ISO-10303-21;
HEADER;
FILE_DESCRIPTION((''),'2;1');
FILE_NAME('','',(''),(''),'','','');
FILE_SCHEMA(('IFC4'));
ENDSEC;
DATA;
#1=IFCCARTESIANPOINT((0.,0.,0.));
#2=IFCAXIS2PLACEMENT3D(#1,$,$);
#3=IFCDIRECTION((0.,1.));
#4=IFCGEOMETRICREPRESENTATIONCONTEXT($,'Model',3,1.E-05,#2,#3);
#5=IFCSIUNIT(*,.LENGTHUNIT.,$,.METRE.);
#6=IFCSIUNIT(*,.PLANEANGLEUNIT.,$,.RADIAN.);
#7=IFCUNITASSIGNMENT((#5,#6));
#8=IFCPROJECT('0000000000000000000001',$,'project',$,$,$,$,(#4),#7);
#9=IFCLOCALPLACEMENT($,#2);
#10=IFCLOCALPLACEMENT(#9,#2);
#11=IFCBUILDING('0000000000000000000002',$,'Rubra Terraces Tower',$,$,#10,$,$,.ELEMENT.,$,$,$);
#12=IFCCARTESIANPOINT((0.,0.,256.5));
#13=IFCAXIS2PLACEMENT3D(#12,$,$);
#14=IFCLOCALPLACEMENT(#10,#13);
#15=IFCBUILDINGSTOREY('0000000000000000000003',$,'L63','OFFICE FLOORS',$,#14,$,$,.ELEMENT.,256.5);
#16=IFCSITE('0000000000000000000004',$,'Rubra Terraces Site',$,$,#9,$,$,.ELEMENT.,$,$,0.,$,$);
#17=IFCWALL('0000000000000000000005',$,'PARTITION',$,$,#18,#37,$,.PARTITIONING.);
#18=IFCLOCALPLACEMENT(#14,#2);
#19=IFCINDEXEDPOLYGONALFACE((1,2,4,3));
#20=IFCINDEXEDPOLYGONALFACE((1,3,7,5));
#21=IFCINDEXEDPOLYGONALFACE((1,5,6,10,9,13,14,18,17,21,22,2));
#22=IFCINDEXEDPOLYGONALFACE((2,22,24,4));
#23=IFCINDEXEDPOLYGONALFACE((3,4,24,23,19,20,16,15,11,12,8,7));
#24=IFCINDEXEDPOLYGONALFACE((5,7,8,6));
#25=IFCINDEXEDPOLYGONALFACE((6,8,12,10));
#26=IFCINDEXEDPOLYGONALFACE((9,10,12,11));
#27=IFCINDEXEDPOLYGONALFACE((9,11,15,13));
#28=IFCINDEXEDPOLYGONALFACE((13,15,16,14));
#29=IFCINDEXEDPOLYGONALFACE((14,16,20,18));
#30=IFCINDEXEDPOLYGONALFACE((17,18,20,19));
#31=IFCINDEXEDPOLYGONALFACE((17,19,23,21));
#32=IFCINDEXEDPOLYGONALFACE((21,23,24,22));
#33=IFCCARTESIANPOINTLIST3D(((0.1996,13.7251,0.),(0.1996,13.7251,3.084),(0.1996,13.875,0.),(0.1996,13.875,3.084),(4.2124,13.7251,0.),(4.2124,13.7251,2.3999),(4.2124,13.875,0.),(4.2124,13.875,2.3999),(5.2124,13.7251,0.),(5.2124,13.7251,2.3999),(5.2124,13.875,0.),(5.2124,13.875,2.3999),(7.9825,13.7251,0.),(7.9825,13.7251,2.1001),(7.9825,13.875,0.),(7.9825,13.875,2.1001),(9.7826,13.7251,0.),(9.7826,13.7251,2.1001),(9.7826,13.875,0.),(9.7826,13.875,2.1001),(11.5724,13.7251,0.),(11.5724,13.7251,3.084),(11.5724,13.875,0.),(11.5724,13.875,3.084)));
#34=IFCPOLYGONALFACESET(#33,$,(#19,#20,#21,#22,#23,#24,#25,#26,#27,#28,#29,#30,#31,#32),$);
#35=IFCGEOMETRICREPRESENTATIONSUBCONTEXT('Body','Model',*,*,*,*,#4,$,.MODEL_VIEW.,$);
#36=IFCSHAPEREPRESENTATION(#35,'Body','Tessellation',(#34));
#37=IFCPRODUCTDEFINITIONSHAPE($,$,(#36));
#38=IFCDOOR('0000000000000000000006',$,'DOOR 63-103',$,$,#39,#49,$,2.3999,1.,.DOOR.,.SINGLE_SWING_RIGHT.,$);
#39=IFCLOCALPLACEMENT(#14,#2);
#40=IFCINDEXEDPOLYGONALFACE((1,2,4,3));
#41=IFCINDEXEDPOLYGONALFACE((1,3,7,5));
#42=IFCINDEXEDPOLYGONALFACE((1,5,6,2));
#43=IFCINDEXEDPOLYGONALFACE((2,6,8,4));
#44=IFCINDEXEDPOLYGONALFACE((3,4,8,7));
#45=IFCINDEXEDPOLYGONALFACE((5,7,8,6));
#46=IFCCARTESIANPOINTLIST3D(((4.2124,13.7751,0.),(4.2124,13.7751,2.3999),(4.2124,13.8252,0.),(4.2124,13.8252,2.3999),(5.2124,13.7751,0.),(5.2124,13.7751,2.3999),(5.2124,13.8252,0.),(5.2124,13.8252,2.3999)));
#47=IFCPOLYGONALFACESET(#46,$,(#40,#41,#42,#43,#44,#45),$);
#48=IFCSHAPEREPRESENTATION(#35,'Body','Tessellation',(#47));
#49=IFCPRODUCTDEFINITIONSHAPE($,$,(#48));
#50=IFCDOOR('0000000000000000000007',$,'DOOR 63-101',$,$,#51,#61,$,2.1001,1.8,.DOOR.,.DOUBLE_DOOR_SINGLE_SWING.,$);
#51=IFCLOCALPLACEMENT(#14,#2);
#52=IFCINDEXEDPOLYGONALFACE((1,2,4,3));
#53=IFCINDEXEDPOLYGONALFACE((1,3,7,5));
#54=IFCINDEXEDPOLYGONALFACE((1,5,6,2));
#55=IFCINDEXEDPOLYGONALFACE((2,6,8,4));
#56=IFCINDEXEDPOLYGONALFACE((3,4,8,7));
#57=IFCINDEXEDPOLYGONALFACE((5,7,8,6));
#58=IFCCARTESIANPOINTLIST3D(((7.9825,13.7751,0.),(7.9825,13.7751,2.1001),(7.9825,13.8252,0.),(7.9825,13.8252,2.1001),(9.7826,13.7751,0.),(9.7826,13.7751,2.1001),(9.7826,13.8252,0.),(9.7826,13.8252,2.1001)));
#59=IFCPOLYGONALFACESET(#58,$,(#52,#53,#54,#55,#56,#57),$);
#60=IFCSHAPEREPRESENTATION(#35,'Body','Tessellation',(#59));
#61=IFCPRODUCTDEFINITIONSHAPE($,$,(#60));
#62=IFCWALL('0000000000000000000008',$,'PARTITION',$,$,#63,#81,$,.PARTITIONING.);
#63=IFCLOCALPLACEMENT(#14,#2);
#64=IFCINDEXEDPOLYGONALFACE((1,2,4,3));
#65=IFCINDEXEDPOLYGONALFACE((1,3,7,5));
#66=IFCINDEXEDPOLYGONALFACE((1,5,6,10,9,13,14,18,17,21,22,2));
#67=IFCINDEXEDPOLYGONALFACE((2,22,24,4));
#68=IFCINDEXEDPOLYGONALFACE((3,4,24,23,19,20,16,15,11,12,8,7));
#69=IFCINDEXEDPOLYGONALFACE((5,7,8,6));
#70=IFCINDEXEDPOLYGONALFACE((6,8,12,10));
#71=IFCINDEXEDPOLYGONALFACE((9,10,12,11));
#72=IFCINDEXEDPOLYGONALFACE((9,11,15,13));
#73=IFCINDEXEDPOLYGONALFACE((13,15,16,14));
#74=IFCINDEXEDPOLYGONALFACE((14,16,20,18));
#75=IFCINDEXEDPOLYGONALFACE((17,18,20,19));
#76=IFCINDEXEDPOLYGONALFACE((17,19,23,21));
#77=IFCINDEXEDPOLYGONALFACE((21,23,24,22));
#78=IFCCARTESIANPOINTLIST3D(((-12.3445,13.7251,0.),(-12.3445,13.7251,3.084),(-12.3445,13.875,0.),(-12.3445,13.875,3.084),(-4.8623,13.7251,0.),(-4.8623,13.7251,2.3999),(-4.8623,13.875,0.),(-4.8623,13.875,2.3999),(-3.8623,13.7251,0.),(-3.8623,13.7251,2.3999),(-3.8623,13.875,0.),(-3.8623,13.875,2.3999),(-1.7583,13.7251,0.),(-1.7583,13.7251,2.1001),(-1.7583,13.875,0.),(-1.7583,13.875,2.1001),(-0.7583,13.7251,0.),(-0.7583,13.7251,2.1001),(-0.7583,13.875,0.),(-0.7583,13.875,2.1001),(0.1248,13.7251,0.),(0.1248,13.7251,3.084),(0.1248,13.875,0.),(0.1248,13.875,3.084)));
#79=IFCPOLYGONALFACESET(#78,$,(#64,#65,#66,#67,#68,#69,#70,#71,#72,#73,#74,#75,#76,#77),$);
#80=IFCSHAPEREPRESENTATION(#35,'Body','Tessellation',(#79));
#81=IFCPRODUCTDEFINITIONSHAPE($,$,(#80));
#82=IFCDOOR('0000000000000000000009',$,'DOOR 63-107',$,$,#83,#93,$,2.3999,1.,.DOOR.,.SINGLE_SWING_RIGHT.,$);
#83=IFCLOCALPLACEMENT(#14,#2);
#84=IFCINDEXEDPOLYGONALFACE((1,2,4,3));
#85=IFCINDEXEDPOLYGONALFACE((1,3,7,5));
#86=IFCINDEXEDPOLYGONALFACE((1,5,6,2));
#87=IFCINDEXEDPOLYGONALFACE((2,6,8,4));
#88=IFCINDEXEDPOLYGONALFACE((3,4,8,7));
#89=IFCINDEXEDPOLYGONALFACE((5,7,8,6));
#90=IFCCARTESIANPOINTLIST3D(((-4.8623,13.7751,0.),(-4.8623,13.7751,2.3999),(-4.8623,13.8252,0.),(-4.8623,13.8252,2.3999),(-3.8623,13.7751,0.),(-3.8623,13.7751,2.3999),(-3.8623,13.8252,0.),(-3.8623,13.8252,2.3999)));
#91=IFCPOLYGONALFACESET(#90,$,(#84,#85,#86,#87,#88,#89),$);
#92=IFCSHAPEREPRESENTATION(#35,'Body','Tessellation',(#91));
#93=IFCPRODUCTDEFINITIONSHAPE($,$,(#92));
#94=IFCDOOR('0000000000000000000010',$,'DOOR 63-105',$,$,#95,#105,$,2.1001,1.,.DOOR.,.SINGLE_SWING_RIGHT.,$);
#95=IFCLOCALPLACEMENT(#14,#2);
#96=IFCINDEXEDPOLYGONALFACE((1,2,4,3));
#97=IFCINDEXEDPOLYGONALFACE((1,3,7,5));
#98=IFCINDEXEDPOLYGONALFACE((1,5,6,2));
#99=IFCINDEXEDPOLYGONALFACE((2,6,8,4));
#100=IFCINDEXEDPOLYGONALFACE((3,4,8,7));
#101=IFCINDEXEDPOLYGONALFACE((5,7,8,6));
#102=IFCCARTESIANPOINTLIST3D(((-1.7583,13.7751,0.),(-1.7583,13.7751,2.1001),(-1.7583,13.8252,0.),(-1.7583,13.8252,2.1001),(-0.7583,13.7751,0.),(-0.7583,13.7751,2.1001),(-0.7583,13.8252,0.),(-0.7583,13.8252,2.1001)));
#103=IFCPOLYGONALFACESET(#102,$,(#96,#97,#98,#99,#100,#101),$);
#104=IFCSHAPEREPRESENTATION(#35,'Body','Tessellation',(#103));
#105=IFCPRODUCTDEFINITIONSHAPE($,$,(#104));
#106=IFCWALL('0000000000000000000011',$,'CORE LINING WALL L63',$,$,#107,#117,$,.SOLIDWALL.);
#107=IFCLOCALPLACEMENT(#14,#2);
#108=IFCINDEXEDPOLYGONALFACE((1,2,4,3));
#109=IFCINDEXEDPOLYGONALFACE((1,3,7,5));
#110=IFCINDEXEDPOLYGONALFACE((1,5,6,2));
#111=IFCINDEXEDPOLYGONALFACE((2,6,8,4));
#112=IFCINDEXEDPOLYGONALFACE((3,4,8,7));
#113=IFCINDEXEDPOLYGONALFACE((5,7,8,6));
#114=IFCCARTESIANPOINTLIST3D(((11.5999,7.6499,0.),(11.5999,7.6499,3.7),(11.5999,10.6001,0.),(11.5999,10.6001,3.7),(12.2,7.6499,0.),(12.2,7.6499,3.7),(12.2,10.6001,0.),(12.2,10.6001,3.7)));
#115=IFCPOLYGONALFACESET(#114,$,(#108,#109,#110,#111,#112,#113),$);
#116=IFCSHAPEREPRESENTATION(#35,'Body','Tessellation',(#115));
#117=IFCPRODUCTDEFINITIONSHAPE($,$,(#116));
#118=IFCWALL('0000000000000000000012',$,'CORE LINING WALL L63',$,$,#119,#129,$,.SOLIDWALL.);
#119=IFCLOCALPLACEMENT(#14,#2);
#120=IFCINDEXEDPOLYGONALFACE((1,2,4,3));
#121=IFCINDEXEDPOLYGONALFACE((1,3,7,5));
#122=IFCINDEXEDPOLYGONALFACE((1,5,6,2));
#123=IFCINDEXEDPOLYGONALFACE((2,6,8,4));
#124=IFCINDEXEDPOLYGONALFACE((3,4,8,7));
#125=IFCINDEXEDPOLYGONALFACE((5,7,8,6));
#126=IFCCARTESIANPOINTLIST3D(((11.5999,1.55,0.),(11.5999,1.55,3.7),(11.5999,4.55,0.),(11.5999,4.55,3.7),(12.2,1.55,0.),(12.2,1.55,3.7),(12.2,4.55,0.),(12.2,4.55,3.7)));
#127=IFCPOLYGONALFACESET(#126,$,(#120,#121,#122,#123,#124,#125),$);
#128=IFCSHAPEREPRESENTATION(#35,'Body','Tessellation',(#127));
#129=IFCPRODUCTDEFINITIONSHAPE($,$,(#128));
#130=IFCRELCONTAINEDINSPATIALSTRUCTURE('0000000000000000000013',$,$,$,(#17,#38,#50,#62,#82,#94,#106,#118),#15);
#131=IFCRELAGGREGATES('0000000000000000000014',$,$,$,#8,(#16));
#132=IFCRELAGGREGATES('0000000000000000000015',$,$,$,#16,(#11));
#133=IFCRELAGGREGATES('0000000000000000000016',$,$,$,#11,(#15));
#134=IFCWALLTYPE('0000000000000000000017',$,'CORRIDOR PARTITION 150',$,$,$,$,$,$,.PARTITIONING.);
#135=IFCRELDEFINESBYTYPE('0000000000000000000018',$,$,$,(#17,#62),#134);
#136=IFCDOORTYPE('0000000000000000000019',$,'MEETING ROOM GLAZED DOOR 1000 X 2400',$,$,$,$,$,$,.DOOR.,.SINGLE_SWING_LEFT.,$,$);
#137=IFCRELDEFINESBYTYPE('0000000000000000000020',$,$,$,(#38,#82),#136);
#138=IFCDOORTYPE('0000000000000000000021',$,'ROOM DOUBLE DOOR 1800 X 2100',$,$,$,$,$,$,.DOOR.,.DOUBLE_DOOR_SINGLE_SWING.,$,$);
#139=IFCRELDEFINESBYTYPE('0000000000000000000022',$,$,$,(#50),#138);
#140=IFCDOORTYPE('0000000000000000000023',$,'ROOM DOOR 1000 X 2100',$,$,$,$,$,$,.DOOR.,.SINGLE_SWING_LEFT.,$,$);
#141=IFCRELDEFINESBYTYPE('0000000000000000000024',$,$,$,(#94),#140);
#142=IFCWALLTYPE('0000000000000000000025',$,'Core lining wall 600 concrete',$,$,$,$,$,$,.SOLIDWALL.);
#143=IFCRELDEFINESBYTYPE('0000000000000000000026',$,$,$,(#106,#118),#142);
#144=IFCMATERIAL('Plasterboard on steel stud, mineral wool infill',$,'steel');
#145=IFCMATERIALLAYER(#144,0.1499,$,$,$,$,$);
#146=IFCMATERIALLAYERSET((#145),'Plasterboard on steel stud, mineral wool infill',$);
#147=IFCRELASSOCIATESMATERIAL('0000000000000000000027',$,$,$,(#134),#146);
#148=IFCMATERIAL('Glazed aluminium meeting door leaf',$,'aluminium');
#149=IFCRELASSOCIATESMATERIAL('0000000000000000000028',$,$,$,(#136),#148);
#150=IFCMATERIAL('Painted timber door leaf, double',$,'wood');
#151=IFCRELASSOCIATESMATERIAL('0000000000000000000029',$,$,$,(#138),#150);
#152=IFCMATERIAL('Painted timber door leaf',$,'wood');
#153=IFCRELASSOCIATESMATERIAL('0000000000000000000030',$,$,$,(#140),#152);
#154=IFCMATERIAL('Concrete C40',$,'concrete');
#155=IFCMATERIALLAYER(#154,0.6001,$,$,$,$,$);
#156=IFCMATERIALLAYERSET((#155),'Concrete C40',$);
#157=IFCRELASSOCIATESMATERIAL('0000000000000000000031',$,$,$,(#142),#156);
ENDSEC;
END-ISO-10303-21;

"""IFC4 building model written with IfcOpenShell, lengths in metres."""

from ifc_helpers import new_model, si_unit, direction, frame, frame_2d, origin, place, context, subcontext, project, spatial, rectangle, extrude, material, layer, layer_set, type_object, element, fill, save


model = new_model("IFC4")

# Units and contexts
model_context = context("Model", 3, precision=1e-05, world=origin(), true_north=direction((0.0, 1.0)))
body_context = subcontext(model_context, "Body", "Model", "MODEL_VIEW")
ifc_project = project(units=[si_unit("LENGTHUNIT", "METRE"), si_unit("PLANEANGLEUNIT", "RADIAN")], contexts=[model_context])

# Site, building, storey
site_placement = place(None, origin())
site = spatial("IfcSite", under=ifc_project, at=site_placement, Name="Rubra Terraces Site", CompositionType="ELEMENT", RefElevation=0.0)
building_placement = place(site_placement, origin())
building = spatial("IfcBuilding", under=site, at=building_placement, Name="Rubra Terraces Tower", CompositionType="ELEMENT")
storey_placement = place(building_placement, frame((0.0, 0.0, 256.5)))
storey = spatial("IfcBuildingStorey", under=building, at=storey_placement, Name="L63", Description="OFFICE FLOORS", CompositionType="ELEMENT", Elevation=256.5)

# Walls, openings, doors
ifc_material_1 = material(Name="Plasterboard on steel stud, mineral wool infill", Category="steel")
ifc_layer_1 = layer(ifc_material_1, 0.1499)
ifc_layer_set_1 = layer_set([ifc_layer_1], Name="Plasterboard on steel stud, mineral wool infill")
wall_type_1 = type_object("IfcWallType", Name="CORRIDOR PARTITION 150", PredefinedType="PARTITIONING", material=ifc_layer_set_1)
wall_1_placement = place(storey_placement, frame((11.5725, 13.8, 0.0), z_axis=(0.0, 0.0, 1.0), x_axis=(-1.0, 0.0, 0.0)))
wall_1 = element("IfcWall", 1, at=wall_1_placement, inside=storey, type_object=wall_type_1, Name="PARTITION", PredefinedType="PARTITIONING", context=body_context, shape_type="SweptSolid", body=[
    extrude(rectangle(XDim=11.3728, YDim=0.1499, at=frame_2d((5.6865, 0.0))), origin(), (0.0, 0.0, 1.0), 3.084),
])
opening_1_placement = place(wall_1_placement, frame((1.79, 0.0, 0.0)))
opening_1 = element("IfcOpeningElement", 2, at=opening_1_placement, cuts=wall_1, PredefinedType="OPENING", context=body_context, shape_type="SweptSolid", body=[
    extrude(rectangle(XDim=1.8, YDim=2.1001, at=frame_2d((0.8999, 1.05))), frame((0.0, 0.085, 0.0), z_axis=(0.0, -1.0, 0.0), x_axis=(1.0, 0.0, 0.0)), (0.0, 0.0, 1.0), 0.1699),
])
opening_2_placement = place(wall_1_placement, frame((6.3601, 0.0, 0.0)))
opening_2 = element("IfcOpeningElement", 3, at=opening_2_placement, cuts=wall_1, PredefinedType="OPENING", context=body_context, shape_type="SweptSolid", body=[
    extrude(rectangle(XDim=1.0, YDim=2.3999, at=frame_2d((0.5, 1.2))), frame((0.0, 0.085, 0.0), z_axis=(0.0, -1.0, 0.0), x_axis=(1.0, 0.0, 0.0)), (0.0, 0.0, 1.0), 0.1699),
])
ifc_material_2 = material(Name="Glazed aluminium meeting door leaf", Category="aluminium")
door_type_1 = type_object("IfcDoorType", Name="MEETING ROOM GLAZED DOOR 1000 X 2400", OperationType="SINGLE_SWING_LEFT", PredefinedType="DOOR", material=ifc_material_2)
door_1_placement = place(opening_2_placement, origin())
door_1 = element("IfcDoor", 4, at=door_1_placement, inside=storey, type_object=door_type_1, Name="DOOR 63-103", OperationType="SINGLE_SWING_RIGHT", OverallHeight=2.3999, OverallWidth=1.0, PredefinedType="DOOR", context=body_context, shape_type="SweptSolid", body=[
    extrude(rectangle(XDim=1.0, YDim=2.3999, at=frame_2d((0.5, 1.2))), frame((0.0, 0.0249, 0.0), z_axis=(0.0, -1.0, 0.0), x_axis=(1.0, 0.0, 0.0)), (0.0, 0.0, 1.0), 0.05),
])
fill(opening_2, door_1)
ifc_material_3 = material(Name="Painted timber door leaf, double", Category="wood")
door_type_2 = type_object("IfcDoorType", Name="ROOM DOUBLE DOOR 1800 X 2100", OperationType="DOUBLE_DOOR_SINGLE_SWING", PredefinedType="DOOR", material=ifc_material_3)
door_2_placement = place(opening_1_placement, origin())
door_2 = element("IfcDoor", 5, at=door_2_placement, inside=storey, type_object=door_type_2, Name="DOOR 63-101", OperationType="DOUBLE_DOOR_SINGLE_SWING", OverallHeight=2.1001, OverallWidth=1.8, PredefinedType="DOOR", context=body_context, shape_type="SweptSolid", body=[
    extrude(rectangle(XDim=1.8, YDim=2.1001, at=frame_2d((0.8999, 1.05))), frame((0.0, 0.0249, 0.0), z_axis=(0.0, -1.0, 0.0), x_axis=(1.0, 0.0, 0.0)), (0.0, 0.0, 1.0), 0.05),
])
fill(opening_1, door_2)
wall_2_placement = place(storey_placement, frame((0.1248, 13.8, 0.0), z_axis=(0.0, 0.0, 1.0), x_axis=(-1.0, 0.0, 0.0)))
wall_2 = element("IfcWall", 6, at=wall_2_placement, inside=storey, type_object=wall_type_1, Name="PARTITION", PredefinedType="PARTITIONING", context=body_context, shape_type="SweptSolid", body=[
    extrude(rectangle(XDim=12.4692, YDim=0.1499, at=frame_2d((6.2346, 0.0))), origin(), (0.0, 0.0, 1.0), 3.084),
])
opening_3_placement = place(wall_2_placement, frame((0.8831, 0.0, 0.0)))
opening_3 = element("IfcOpeningElement", 7, at=opening_3_placement, cuts=wall_2, PredefinedType="OPENING", context=body_context, shape_type="SweptSolid", body=[
    extrude(rectangle(XDim=1.0, YDim=2.1001, at=frame_2d((0.5, 1.05))), frame((0.0, 0.085, 0.0), z_axis=(0.0, -1.0, 0.0), x_axis=(1.0, 0.0, 0.0)), (0.0, 0.0, 1.0), 0.1699),
])
opening_4_placement = place(wall_2_placement, frame((3.9871, 0.0, 0.0)))
opening_4 = element("IfcOpeningElement", 8, at=opening_4_placement, cuts=wall_2, PredefinedType="OPENING", context=body_context, shape_type="SweptSolid", body=[
    extrude(rectangle(XDim=1.0, YDim=2.3999, at=frame_2d((0.5, 1.2))), frame((0.0, 0.085, 0.0), z_axis=(0.0, -1.0, 0.0), x_axis=(1.0, 0.0, 0.0)), (0.0, 0.0, 1.0), 0.1699),
])
door_3_placement = place(opening_4_placement, origin())
door_3 = element("IfcDoor", 9, at=door_3_placement, inside=storey, type_object=door_type_1, Name="DOOR 63-107", OperationType="SINGLE_SWING_RIGHT", OverallHeight=2.3999, OverallWidth=1.0, PredefinedType="DOOR", context=body_context, shape_type="SweptSolid", body=[
    extrude(rectangle(XDim=1.0, YDim=2.3999, at=frame_2d((0.5, 1.2))), frame((0.0, 0.0249, 0.0), z_axis=(0.0, -1.0, 0.0), x_axis=(1.0, 0.0, 0.0)), (0.0, 0.0, 1.0), 0.05),
])
fill(opening_4, door_3)
ifc_material_4 = material(Name="Painted timber door leaf", Category="wood")
door_type_3 = type_object("IfcDoorType", Name="ROOM DOOR 1000 X 2100", OperationType="SINGLE_SWING_LEFT", PredefinedType="DOOR", material=ifc_material_4)
door_4_placement = place(opening_3_placement, origin())
door_4 = element("IfcDoor", 10, at=door_4_placement, inside=storey, type_object=door_type_3, Name="DOOR 63-105", OperationType="SINGLE_SWING_RIGHT", OverallHeight=2.1001, OverallWidth=1.0, PredefinedType="DOOR", context=body_context, shape_type="SweptSolid", body=[
    extrude(rectangle(XDim=1.0, YDim=2.1001, at=frame_2d((0.5, 1.05))), frame((0.0, 0.0249, 0.0), z_axis=(0.0, -1.0, 0.0), x_axis=(1.0, 0.0, 0.0)), (0.0, 0.0, 1.0), 0.05),
])
fill(opening_3, door_4)

# Walls
ifc_material_5 = material(Name="Concrete C40", Category="concrete")
ifc_layer_2 = layer(ifc_material_5, 0.6001)
ifc_layer_set_2 = layer_set([ifc_layer_2], Name="Concrete C40")
wall_type_2 = type_object("IfcWallType", Name="Core lining wall 600 concrete", PredefinedType="SOLIDWALL", material=ifc_layer_set_2)
wall_3_placement = place(storey_placement, frame((11.8999, 10.6001, 0.0), z_axis=(0.0, 0.0, 1.0), x_axis=(0.0, -1.0, 0.0)))
element("IfcWall", 11, at=wall_3_placement, inside=storey, type_object=wall_type_2, Name="CORE LINING WALL L63", PredefinedType="SOLIDWALL", context=body_context, shape_type="SweptSolid", body=[
    extrude(rectangle(XDim=2.9502, YDim=0.6001, at=frame_2d((1.4751, 0.0))), origin(), (0.0, 0.0, 1.0), 3.7),
])
wall_4_placement = place(storey_placement, frame((11.8999, 4.55, 0.0), z_axis=(0.0, 0.0, 1.0), x_axis=(0.0, -1.0, 0.0)))
element("IfcWall", 12, at=wall_4_placement, inside=storey, type_object=wall_type_2, Name="CORE LINING WALL L63", PredefinedType="SOLIDWALL", context=body_context, shape_type="SweptSolid", body=[
    extrude(rectangle(XDim=3.0, YDim=0.6001, at=frame_2d((1.5, 0.0))), origin(), (0.0, 0.0, 1.0), 3.7),
])

save(model, "model.ifc")
